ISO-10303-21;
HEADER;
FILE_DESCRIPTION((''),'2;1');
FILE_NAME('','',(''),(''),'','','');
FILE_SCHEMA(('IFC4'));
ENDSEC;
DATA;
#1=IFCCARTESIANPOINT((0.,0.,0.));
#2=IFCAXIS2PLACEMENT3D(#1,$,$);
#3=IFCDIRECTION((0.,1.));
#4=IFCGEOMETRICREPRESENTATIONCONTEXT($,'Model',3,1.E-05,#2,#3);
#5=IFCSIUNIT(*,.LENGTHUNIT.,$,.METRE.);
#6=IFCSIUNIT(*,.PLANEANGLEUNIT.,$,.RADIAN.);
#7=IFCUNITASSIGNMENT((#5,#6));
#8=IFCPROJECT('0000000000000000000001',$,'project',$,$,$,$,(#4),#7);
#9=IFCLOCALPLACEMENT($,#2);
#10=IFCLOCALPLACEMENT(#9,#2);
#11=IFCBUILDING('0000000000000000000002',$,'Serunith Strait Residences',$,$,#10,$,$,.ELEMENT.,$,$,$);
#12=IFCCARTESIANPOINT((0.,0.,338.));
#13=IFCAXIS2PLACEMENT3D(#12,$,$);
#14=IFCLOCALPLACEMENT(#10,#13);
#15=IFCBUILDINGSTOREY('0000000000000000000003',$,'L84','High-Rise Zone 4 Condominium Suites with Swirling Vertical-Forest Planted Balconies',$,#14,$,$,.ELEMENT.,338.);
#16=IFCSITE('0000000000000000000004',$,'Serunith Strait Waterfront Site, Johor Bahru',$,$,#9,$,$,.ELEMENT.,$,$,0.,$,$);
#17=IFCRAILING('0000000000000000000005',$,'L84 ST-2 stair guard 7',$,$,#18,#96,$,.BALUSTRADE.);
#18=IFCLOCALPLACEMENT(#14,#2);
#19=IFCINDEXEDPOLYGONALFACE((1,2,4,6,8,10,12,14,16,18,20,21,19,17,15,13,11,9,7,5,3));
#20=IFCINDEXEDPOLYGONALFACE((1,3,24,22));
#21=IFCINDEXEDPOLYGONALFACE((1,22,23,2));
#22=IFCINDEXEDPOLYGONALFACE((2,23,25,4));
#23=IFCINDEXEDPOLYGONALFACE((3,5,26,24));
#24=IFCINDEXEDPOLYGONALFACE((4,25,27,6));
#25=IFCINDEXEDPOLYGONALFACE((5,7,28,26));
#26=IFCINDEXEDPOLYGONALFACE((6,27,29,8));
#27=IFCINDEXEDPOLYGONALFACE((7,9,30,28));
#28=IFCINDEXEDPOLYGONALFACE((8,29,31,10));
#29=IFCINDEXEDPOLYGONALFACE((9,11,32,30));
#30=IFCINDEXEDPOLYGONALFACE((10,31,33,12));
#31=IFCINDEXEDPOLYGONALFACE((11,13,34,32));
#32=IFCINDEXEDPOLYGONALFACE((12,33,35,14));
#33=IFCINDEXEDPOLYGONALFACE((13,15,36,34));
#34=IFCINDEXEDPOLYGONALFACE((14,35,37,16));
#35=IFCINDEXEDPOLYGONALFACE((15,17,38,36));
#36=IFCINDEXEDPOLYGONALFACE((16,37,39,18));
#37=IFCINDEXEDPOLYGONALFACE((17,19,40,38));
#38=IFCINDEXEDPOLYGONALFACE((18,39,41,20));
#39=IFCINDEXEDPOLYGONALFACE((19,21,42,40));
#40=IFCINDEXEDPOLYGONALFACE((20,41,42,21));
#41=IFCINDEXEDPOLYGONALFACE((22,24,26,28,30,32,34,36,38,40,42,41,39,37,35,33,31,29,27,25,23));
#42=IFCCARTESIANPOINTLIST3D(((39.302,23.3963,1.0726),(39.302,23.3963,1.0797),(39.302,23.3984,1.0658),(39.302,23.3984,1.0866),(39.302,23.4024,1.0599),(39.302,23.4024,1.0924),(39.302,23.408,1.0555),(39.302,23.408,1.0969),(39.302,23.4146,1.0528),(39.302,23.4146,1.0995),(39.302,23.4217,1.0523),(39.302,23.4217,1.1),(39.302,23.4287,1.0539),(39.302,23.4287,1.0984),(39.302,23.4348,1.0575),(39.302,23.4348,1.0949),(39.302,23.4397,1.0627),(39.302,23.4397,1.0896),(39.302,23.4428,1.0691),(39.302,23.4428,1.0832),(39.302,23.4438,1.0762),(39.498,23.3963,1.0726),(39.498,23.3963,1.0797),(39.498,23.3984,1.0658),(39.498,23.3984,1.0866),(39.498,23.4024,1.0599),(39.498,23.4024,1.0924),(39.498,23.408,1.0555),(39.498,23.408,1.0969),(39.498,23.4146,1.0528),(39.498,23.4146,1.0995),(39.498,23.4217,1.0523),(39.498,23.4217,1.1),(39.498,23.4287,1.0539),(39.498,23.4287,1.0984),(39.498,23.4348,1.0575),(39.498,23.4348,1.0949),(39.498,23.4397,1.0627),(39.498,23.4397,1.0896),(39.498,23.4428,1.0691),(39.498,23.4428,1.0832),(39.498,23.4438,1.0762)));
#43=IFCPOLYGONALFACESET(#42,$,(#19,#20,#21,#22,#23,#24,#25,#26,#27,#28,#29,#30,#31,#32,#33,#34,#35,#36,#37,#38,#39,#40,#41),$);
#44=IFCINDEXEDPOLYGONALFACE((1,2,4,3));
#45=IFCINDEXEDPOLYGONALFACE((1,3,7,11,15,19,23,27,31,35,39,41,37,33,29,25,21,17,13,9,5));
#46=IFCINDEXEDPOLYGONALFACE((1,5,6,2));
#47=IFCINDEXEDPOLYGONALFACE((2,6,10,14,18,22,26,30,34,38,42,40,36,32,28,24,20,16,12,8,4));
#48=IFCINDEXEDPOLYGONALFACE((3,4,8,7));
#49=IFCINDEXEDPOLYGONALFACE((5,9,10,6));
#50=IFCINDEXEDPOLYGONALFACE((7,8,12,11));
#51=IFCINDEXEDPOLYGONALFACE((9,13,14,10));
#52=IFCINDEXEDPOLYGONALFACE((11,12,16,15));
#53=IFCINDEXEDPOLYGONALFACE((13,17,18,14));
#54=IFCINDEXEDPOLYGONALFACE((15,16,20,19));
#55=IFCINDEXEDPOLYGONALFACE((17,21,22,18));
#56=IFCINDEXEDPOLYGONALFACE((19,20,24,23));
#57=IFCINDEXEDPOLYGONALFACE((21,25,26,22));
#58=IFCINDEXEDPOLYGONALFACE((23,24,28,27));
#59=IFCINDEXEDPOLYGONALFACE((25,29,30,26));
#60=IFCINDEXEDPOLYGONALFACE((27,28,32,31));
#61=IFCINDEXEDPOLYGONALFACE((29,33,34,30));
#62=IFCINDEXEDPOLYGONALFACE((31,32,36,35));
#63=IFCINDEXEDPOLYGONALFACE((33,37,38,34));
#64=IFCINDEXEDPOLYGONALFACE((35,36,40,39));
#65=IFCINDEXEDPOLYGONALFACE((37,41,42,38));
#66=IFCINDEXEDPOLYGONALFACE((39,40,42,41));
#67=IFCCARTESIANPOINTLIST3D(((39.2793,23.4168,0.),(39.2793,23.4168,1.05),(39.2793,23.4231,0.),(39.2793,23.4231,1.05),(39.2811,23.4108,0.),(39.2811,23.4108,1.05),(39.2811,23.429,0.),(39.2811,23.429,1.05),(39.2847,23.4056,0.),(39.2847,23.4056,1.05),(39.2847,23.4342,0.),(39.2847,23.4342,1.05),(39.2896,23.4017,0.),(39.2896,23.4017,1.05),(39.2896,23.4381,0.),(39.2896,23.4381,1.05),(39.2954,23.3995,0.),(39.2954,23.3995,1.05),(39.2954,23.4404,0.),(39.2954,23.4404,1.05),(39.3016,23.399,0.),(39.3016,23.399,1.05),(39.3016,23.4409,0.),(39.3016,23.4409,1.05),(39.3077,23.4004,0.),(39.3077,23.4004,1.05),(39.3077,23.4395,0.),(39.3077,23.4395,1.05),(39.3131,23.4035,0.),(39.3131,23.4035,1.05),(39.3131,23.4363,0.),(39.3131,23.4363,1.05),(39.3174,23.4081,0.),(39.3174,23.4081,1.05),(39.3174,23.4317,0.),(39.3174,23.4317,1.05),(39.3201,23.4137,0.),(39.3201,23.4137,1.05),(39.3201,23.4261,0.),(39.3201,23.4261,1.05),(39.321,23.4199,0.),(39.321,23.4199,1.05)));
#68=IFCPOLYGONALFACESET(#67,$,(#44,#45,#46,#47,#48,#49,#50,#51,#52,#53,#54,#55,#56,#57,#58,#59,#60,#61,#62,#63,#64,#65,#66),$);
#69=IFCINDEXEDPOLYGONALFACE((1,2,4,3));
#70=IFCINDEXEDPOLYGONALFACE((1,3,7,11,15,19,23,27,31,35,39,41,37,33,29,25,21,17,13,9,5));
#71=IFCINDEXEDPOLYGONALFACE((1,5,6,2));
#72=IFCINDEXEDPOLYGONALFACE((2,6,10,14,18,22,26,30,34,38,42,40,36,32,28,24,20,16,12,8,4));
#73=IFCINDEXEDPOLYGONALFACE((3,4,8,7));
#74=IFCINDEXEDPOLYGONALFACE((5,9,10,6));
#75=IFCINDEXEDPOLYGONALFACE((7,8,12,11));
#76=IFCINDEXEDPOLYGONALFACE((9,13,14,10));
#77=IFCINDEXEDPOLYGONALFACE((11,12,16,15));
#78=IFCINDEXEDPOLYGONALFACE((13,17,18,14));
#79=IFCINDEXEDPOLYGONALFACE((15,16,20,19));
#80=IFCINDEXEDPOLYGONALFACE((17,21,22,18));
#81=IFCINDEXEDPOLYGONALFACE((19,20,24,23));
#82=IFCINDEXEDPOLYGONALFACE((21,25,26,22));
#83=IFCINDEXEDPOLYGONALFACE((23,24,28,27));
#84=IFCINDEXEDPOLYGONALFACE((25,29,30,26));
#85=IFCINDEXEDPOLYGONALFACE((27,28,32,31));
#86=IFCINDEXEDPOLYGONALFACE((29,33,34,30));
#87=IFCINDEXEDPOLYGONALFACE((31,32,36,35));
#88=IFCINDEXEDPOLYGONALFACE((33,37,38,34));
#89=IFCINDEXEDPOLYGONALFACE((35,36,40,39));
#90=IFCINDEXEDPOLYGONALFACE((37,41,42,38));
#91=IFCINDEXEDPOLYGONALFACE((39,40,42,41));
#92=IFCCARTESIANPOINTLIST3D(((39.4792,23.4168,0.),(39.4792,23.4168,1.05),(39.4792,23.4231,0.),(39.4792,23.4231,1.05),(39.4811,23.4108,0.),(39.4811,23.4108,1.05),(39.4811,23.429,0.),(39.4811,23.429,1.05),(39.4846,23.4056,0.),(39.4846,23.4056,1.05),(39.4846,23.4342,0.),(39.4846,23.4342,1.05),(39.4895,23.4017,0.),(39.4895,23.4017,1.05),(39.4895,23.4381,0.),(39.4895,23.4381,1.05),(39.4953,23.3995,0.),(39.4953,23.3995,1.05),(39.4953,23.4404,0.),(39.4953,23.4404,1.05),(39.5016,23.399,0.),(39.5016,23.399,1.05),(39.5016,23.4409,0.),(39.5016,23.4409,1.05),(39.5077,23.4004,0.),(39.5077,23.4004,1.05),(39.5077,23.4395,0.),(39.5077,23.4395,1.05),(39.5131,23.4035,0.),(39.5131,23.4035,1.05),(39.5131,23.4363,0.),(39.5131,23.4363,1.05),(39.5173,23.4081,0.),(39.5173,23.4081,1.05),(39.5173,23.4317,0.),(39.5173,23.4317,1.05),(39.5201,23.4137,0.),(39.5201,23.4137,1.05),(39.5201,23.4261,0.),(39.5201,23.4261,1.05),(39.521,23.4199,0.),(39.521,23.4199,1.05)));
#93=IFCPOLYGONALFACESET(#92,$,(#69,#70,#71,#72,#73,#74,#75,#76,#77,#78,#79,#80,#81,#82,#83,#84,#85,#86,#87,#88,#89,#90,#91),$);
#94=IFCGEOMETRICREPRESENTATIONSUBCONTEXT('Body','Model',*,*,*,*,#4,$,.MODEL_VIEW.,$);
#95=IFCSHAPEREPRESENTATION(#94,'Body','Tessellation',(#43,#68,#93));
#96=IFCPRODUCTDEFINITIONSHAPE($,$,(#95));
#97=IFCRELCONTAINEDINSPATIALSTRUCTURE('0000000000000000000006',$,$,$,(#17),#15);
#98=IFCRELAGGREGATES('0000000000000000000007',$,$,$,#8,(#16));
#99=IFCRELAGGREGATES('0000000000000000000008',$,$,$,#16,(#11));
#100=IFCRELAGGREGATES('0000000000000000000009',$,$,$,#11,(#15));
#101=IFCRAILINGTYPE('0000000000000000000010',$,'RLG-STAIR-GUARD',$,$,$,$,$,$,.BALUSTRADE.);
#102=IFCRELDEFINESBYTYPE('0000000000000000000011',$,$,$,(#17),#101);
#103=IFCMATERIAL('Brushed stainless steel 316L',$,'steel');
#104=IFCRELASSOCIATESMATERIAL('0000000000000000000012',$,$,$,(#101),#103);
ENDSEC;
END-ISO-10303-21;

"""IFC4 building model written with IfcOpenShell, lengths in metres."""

from ifc_helpers import new_model, si_unit, direction, frame, origin, origin_2d, place, context, subcontext, project, spatial, circle, extrude, material, type_object, element, save


model = new_model("IFC4")

# Units and contexts
model_context = context("Model", 3, precision=1e-05, world=origin(), true_north=direction((0.0, 1.0)))
body_context = subcontext(model_context, "Body", "Model", "MODEL_VIEW")
ifc_project = project(units=[si_unit("LENGTHUNIT", "METRE"), si_unit("PLANEANGLEUNIT", "RADIAN")], contexts=[model_context])

# Site, building, storey
site_placement = place(None, origin())
site = spatial("IfcSite", under=ifc_project, at=site_placement, Name="Serunith Strait Waterfront Site, Johor Bahru", CompositionType="ELEMENT", RefElevation=0.0)
building_placement = place(site_placement, origin())
building = spatial("IfcBuilding", under=site, at=building_placement, Name="Serunith Strait Residences", CompositionType="ELEMENT")
storey_placement = place(building_placement, frame((0.0, 0.0, 338.0)))
storey = spatial("IfcBuildingStorey", under=building, at=storey_placement, Name="L84", Description="High-Rise Zone 4 Condominium Suites with Swirling Vertical-Forest Planted Balconies", CompositionType="ELEMENT", Elevation=338.0)

# Railing
ifc_material_1 = material(Name="Brushed stainless steel 316L", Category="steel")
railing_type_1 = type_object("IfcRailingType", Name="RLG-STAIR-GUARD", PredefinedType="BALUSTRADE", material=ifc_material_1)
railing_1_placement = place(storey_placement, frame((39.3, 23.4199, 0.0)))
element("IfcRailing", 1, at=railing_1_placement, inside=storey, type_object=railing_type_1, Name="L84 ST-2 stair guard 7", PredefinedType="BALUSTRADE", context=body_context, shape_type="SweptSolid", body=[
    extrude(circle(Radius=0.0239, at=origin_2d()), frame((0.002, 0.0, 1.0762), z_axis=(1.0, 0.0, 0.0), x_axis=(0.0, 1.0, 0.0)), (0.0, 0.0, 1.0), 0.196),
    extrude(circle(Radius=0.021, at=origin_2d()), origin(), (0.0, 0.0, 1.0), 1.05),
    extrude(circle(Radius=0.021, at=origin_2d()), frame((0.2, 0.0, 0.0)), (0.0, 0.0, 1.0), 1.05),
])

save(model, "model.ifc")
